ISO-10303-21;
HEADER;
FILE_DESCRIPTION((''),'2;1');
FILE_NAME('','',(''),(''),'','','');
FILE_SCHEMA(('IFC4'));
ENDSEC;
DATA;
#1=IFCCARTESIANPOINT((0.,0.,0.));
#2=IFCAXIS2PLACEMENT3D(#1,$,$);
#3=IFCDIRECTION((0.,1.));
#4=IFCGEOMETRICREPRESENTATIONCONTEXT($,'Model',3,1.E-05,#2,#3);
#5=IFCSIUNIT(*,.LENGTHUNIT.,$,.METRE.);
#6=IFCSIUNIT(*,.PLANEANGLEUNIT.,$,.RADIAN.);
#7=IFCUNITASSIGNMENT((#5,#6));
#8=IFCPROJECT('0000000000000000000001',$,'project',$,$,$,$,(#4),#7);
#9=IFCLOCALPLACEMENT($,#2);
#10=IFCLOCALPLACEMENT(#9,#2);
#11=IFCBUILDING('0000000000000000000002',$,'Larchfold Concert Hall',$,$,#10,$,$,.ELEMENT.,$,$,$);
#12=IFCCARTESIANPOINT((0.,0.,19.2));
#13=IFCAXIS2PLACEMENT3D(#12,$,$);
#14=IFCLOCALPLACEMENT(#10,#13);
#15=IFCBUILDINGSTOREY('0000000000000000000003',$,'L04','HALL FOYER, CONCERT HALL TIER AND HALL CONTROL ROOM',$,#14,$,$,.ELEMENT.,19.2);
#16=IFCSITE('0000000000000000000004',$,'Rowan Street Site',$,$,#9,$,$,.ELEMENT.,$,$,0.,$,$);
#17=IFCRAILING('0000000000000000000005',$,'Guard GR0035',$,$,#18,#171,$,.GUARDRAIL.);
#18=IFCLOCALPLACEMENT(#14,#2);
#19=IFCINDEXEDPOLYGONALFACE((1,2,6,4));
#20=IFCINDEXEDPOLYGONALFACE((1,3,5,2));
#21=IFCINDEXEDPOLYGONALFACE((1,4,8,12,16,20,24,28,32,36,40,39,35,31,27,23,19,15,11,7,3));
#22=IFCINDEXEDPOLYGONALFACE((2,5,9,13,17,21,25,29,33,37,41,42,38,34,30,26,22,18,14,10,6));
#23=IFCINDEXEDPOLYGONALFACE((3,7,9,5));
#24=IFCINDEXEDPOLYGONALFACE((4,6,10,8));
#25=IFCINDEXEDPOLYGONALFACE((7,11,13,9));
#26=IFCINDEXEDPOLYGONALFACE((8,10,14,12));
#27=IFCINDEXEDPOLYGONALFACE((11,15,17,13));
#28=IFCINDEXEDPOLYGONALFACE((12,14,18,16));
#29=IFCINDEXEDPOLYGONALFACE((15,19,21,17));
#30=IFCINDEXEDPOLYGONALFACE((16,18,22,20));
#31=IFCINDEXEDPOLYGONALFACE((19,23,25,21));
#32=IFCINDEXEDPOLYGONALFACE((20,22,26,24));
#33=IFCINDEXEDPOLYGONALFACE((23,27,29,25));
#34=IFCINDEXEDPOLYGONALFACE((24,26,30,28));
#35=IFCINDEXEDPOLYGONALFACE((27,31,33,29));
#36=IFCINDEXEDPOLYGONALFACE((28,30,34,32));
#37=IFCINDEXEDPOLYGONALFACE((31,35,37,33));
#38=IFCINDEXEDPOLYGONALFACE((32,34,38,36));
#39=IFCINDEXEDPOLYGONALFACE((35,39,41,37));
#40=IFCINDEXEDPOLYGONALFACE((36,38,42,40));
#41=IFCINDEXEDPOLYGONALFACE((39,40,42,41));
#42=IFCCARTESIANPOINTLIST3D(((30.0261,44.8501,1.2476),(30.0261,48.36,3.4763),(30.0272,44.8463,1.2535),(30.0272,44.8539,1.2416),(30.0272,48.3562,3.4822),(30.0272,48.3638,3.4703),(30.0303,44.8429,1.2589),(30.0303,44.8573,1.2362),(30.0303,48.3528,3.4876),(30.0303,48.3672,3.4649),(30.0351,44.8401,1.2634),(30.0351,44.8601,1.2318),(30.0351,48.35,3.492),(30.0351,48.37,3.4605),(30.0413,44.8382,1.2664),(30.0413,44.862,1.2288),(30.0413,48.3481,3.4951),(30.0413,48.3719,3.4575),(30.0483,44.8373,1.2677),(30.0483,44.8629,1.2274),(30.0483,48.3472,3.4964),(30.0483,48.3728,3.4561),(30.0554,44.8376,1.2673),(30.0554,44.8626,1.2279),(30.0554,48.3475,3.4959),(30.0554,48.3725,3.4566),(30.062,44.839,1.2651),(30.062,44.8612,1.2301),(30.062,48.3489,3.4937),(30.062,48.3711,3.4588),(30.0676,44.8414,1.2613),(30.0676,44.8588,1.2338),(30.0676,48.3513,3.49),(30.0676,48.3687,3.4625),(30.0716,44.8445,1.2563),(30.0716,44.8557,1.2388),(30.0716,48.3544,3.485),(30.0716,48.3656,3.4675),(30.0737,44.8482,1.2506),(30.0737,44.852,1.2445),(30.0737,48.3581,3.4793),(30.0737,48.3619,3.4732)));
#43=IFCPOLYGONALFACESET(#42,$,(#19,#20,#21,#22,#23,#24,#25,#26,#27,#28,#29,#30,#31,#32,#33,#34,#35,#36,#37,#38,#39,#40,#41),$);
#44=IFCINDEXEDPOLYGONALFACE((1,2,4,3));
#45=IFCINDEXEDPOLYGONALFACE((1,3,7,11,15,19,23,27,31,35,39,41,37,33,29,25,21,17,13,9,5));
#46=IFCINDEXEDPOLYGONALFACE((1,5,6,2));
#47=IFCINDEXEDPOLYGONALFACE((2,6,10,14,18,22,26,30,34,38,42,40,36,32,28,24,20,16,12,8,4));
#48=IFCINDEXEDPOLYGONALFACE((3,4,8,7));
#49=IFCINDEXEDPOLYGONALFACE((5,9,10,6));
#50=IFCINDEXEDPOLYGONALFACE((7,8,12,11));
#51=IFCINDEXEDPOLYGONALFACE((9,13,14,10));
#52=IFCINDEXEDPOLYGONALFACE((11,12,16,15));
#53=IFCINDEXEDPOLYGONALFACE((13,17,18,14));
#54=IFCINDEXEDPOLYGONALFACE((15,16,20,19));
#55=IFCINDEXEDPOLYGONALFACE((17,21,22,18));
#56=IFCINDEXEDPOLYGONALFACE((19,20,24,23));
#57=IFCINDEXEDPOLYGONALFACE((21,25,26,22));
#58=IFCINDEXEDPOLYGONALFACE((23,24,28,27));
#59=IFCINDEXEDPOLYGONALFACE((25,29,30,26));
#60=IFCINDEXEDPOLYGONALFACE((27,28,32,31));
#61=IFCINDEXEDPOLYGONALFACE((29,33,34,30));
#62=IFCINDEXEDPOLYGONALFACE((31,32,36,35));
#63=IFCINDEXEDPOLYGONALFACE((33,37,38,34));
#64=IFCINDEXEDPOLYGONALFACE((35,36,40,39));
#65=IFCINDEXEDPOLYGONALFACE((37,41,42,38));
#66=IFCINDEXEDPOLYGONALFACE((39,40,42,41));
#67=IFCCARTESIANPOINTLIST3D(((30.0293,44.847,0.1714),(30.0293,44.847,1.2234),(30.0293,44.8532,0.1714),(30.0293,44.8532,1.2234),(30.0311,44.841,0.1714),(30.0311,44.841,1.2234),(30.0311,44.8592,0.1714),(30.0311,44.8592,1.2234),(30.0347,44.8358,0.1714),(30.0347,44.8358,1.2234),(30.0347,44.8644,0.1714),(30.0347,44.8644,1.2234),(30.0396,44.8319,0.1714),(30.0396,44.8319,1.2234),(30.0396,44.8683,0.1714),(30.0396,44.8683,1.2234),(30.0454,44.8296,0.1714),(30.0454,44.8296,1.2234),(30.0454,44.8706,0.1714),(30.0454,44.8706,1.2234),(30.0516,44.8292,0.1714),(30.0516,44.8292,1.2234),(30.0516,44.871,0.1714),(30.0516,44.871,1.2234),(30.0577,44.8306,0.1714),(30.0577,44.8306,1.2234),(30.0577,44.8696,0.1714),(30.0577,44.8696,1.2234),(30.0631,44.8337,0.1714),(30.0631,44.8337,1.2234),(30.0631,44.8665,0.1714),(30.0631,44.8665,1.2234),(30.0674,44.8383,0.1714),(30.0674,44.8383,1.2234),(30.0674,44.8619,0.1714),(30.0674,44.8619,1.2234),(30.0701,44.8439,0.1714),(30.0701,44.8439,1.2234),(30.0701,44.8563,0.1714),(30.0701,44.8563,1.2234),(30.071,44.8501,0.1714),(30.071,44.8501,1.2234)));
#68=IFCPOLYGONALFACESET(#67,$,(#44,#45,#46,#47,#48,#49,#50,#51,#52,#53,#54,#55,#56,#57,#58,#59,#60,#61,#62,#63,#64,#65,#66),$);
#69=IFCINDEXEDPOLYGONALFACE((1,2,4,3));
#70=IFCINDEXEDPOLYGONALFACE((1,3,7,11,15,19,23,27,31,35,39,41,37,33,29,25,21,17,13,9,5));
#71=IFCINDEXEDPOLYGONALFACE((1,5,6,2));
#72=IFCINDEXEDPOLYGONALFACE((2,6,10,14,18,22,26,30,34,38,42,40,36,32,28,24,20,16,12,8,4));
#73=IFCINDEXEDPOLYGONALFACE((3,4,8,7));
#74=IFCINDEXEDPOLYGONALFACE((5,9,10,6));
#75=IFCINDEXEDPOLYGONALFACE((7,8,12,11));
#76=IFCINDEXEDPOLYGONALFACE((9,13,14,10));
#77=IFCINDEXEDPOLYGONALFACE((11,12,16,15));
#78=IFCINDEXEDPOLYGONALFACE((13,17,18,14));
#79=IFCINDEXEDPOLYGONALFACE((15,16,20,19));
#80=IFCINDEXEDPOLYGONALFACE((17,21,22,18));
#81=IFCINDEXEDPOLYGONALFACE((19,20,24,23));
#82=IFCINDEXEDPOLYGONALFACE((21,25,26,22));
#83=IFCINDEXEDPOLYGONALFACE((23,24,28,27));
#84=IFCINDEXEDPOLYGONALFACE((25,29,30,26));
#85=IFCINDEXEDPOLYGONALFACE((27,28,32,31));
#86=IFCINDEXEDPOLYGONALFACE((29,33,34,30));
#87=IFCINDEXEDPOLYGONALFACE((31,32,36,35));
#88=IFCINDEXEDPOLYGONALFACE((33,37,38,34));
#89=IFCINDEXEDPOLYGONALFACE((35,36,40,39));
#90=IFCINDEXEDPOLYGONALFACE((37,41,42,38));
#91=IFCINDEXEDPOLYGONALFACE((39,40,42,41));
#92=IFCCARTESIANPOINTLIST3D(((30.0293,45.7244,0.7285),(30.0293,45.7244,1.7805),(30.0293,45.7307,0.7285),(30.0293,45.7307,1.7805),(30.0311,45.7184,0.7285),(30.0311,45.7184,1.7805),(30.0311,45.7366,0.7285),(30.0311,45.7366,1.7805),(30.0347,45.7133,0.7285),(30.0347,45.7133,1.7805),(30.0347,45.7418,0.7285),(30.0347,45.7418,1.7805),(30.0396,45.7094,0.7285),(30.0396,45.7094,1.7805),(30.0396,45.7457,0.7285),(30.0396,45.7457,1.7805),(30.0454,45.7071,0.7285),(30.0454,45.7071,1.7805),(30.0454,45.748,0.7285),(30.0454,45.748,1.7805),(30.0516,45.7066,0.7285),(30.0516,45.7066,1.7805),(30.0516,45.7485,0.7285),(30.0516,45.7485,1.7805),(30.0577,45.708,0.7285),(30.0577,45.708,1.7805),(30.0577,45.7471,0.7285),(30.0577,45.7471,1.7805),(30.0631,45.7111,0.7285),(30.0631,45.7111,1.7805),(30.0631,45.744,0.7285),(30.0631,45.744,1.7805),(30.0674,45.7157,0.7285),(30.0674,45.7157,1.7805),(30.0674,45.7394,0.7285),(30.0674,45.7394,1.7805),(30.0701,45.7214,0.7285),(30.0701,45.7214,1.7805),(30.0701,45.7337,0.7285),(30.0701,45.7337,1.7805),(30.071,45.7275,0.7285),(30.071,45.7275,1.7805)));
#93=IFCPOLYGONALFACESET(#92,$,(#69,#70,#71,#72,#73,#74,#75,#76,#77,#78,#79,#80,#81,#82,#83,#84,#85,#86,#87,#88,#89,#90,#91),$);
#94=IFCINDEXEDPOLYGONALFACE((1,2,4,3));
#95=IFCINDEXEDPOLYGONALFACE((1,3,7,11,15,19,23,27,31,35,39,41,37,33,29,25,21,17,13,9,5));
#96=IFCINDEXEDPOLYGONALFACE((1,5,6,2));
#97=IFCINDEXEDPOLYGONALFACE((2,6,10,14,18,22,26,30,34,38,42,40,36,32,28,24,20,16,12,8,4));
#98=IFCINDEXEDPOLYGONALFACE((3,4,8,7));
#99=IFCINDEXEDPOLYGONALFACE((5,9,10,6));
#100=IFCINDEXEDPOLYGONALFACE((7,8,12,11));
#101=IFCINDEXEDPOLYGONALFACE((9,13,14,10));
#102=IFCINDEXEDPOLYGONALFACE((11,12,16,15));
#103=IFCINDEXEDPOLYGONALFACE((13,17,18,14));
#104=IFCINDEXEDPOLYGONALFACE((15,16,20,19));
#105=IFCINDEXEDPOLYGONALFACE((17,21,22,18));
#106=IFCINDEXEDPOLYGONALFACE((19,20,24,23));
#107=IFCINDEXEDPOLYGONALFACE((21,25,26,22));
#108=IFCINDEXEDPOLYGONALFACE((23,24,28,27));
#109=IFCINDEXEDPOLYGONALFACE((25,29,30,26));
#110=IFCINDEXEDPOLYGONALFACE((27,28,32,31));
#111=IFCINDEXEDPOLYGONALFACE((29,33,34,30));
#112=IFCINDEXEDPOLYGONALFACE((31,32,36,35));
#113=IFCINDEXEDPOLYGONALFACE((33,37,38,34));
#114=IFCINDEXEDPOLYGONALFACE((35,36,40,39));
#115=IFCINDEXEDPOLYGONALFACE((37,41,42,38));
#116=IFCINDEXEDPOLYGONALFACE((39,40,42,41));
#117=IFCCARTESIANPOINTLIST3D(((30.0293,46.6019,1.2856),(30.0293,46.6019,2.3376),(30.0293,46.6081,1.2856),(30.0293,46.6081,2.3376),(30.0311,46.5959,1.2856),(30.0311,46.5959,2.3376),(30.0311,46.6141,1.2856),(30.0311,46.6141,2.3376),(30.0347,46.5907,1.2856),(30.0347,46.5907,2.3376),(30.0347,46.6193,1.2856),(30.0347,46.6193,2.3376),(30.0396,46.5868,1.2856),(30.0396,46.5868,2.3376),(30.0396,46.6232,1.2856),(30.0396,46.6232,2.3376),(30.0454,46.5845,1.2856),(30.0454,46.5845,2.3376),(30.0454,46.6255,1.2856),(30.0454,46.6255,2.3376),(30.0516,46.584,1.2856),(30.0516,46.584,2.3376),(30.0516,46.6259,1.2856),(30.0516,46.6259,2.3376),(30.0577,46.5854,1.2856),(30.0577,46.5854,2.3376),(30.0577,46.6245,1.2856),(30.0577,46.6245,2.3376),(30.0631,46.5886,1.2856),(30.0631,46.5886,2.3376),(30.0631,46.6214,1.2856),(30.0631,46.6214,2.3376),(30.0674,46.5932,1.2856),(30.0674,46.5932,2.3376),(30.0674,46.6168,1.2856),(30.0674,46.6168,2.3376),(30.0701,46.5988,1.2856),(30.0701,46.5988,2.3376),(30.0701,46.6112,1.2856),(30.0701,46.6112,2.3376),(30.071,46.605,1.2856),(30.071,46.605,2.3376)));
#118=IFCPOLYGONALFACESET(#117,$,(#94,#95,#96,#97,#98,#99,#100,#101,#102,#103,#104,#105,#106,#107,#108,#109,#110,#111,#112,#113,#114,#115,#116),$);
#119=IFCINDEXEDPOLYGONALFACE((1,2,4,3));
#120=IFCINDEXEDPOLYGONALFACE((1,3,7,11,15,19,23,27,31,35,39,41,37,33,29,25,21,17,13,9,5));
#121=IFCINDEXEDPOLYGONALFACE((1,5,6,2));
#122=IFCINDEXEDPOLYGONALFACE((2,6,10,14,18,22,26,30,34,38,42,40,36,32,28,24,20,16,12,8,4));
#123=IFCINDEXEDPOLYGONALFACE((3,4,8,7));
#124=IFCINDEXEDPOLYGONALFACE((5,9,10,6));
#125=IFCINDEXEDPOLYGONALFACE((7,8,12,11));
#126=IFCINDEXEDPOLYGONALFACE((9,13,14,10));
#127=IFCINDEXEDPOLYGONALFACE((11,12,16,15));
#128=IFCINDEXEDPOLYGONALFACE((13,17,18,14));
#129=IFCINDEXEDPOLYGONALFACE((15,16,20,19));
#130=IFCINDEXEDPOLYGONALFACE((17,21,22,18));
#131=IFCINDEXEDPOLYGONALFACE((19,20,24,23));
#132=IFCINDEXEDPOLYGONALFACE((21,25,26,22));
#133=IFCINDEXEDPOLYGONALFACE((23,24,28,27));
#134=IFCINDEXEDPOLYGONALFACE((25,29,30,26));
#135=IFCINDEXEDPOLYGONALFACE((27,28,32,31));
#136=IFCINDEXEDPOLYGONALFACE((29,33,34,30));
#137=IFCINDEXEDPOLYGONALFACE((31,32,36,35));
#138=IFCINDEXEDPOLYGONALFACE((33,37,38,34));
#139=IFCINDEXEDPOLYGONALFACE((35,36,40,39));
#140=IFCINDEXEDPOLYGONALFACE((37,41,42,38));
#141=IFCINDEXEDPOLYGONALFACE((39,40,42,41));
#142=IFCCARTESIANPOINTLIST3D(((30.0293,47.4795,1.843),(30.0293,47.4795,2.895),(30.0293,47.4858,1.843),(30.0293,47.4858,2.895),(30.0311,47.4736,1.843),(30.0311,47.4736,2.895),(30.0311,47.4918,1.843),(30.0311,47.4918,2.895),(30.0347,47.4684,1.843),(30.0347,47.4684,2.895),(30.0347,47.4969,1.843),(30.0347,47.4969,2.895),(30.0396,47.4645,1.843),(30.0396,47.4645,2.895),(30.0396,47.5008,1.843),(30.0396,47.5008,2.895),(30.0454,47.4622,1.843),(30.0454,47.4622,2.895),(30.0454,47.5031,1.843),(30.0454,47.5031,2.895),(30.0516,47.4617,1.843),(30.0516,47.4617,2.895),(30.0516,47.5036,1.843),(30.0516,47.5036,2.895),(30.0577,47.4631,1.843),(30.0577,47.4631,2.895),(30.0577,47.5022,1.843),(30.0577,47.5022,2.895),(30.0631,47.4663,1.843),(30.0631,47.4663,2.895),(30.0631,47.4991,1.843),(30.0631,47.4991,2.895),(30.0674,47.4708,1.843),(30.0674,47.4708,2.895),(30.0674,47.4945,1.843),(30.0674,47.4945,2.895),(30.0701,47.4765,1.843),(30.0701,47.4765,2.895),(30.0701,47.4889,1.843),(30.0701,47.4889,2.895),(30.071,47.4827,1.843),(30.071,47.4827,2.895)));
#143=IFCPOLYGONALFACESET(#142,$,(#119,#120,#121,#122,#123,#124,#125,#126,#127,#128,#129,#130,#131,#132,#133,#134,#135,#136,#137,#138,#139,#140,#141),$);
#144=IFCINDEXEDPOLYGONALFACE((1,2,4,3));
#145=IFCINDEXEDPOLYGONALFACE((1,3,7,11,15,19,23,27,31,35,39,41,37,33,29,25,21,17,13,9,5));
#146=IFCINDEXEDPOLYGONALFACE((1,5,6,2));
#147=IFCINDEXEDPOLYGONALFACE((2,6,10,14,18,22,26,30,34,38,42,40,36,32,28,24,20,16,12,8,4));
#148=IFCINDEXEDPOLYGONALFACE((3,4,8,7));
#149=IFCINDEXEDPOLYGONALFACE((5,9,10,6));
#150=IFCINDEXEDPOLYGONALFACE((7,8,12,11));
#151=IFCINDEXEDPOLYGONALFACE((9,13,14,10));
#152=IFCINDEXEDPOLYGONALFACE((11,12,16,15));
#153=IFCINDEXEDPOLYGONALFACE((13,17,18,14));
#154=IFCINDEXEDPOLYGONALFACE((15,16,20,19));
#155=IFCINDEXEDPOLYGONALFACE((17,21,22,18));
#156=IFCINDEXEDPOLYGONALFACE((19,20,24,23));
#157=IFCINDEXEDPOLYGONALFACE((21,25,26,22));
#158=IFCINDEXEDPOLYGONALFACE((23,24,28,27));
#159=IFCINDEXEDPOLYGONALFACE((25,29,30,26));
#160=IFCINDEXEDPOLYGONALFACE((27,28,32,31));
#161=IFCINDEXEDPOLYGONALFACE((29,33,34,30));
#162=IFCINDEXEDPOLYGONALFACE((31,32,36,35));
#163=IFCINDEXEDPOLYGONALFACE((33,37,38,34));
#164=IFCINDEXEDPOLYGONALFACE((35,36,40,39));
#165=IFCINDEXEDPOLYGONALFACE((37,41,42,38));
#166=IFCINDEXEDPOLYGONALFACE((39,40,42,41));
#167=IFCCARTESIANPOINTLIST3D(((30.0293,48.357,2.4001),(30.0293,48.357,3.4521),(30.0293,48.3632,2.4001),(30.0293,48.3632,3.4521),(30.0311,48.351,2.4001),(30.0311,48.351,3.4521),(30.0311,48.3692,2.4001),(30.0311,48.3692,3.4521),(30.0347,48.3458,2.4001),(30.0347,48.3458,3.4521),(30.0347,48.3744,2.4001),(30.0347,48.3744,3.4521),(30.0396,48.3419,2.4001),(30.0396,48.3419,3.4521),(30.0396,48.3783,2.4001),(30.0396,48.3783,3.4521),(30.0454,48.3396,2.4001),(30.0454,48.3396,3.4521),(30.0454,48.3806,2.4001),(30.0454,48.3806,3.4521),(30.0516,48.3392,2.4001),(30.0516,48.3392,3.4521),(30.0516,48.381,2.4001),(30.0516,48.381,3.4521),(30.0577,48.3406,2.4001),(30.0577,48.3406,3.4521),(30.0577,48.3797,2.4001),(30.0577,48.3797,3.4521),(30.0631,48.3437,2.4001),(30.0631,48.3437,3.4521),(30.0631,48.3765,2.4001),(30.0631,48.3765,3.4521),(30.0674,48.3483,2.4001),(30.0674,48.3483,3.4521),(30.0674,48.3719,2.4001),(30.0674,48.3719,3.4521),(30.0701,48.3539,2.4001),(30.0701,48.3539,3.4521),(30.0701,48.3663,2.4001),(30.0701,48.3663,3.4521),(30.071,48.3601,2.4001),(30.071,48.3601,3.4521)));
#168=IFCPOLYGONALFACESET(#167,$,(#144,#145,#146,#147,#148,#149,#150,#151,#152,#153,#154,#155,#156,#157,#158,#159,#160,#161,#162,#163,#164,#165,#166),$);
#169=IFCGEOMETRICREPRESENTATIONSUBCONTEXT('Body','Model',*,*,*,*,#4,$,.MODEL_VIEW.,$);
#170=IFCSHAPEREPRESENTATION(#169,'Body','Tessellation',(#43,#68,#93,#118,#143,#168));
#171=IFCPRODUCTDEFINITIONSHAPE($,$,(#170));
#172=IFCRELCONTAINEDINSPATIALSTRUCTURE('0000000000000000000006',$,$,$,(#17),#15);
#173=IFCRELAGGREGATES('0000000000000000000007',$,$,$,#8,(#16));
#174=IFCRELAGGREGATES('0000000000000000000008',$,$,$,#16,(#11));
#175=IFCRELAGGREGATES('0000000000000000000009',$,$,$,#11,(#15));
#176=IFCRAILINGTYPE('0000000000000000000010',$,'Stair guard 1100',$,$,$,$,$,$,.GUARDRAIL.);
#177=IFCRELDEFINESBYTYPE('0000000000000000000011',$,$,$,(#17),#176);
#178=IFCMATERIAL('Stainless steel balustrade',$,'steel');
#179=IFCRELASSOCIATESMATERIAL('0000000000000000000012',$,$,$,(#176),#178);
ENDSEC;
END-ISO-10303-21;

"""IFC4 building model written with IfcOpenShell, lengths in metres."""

from ifc_helpers import new_model, si_unit, direction, frame, origin, origin_2d, place, context, subcontext, project, spatial, circle, extrude, material, type_object, element, save


model = new_model("IFC4")

# Units and contexts
model_context = context("Model", 3, precision=1e-05, world=origin(), true_north=direction((0.0, 1.0)))
body_context = subcontext(model_context, "Body", "Model", "MODEL_VIEW")
ifc_project = project(units=[si_unit("LENGTHUNIT", "METRE"), si_unit("PLANEANGLEUNIT", "RADIAN")], contexts=[model_context])

# Site, building, storey
site_placement = place(None, origin())
site = spatial("IfcSite", under=ifc_project, at=site_placement, Name="Rowan Street Site", CompositionType="ELEMENT", RefElevation=0.0)
building_placement = place(site_placement, origin())
building = spatial("IfcBuilding", under=site, at=building_placement, Name="Larchfold Concert Hall", CompositionType="ELEMENT")
storey_placement = place(building_placement, frame((0.0, 0.0, 19.2)))
storey = spatial("IfcBuildingStorey", under=building, at=storey_placement, Name="L04", Description="HALL FOYER, CONCERT HALL TIER AND HALL CONTROL ROOM", CompositionType="ELEMENT", Elevation=19.2)

# Railing
ifc_material_1 = material(Name="Stainless steel balustrade", Category="steel")
railing_type_1 = type_object("IfcRailingType", Name="Stair guard 1100", PredefinedType="GUARDRAIL", material=ifc_material_1)
railing_1_placement = place(storey_placement, frame((30.05, 44.8501, 0.1714)))
element("IfcRailing", 1, at=railing_1_placement, inside=storey, type_object=railing_type_1, Name="Guard GR0035", PredefinedType="GUARDRAIL", context=body_context, shape_type="SweptSolid", body=[
    extrude(circle(Radius=0.0239, at=origin_2d()), frame((0.0, 0.0, 1.0762), z_axis=(0.0, 0.844193, 0.536039), x_axis=(-1.0, 0.0, 0.0)), (0.0, 0.0, 1.0), 4.1577),
    extrude(circle(Radius=0.021, at=origin_2d()), origin(), (0.0, 0.0, 1.0), 1.052),
    extrude(circle(Radius=0.021, at=origin_2d()), frame((0.0, 0.8774, 0.5571)), (0.0, 0.0, 1.0), 1.052),
    extrude(circle(Radius=0.021, at=origin_2d()), frame((0.0, 1.7549, 1.1143)), (0.0, 0.0, 1.0), 1.052),
    extrude(circle(Radius=0.021, at=origin_2d()), frame((0.0, 2.6326, 1.6716)), (0.0, 0.0, 1.0), 1.052),
    extrude(circle(Radius=0.021, at=origin_2d()), frame((0.0, 3.51, 2.2288)), (0.0, 0.0, 1.0), 1.052),
])

save(model, "model.ifc")
